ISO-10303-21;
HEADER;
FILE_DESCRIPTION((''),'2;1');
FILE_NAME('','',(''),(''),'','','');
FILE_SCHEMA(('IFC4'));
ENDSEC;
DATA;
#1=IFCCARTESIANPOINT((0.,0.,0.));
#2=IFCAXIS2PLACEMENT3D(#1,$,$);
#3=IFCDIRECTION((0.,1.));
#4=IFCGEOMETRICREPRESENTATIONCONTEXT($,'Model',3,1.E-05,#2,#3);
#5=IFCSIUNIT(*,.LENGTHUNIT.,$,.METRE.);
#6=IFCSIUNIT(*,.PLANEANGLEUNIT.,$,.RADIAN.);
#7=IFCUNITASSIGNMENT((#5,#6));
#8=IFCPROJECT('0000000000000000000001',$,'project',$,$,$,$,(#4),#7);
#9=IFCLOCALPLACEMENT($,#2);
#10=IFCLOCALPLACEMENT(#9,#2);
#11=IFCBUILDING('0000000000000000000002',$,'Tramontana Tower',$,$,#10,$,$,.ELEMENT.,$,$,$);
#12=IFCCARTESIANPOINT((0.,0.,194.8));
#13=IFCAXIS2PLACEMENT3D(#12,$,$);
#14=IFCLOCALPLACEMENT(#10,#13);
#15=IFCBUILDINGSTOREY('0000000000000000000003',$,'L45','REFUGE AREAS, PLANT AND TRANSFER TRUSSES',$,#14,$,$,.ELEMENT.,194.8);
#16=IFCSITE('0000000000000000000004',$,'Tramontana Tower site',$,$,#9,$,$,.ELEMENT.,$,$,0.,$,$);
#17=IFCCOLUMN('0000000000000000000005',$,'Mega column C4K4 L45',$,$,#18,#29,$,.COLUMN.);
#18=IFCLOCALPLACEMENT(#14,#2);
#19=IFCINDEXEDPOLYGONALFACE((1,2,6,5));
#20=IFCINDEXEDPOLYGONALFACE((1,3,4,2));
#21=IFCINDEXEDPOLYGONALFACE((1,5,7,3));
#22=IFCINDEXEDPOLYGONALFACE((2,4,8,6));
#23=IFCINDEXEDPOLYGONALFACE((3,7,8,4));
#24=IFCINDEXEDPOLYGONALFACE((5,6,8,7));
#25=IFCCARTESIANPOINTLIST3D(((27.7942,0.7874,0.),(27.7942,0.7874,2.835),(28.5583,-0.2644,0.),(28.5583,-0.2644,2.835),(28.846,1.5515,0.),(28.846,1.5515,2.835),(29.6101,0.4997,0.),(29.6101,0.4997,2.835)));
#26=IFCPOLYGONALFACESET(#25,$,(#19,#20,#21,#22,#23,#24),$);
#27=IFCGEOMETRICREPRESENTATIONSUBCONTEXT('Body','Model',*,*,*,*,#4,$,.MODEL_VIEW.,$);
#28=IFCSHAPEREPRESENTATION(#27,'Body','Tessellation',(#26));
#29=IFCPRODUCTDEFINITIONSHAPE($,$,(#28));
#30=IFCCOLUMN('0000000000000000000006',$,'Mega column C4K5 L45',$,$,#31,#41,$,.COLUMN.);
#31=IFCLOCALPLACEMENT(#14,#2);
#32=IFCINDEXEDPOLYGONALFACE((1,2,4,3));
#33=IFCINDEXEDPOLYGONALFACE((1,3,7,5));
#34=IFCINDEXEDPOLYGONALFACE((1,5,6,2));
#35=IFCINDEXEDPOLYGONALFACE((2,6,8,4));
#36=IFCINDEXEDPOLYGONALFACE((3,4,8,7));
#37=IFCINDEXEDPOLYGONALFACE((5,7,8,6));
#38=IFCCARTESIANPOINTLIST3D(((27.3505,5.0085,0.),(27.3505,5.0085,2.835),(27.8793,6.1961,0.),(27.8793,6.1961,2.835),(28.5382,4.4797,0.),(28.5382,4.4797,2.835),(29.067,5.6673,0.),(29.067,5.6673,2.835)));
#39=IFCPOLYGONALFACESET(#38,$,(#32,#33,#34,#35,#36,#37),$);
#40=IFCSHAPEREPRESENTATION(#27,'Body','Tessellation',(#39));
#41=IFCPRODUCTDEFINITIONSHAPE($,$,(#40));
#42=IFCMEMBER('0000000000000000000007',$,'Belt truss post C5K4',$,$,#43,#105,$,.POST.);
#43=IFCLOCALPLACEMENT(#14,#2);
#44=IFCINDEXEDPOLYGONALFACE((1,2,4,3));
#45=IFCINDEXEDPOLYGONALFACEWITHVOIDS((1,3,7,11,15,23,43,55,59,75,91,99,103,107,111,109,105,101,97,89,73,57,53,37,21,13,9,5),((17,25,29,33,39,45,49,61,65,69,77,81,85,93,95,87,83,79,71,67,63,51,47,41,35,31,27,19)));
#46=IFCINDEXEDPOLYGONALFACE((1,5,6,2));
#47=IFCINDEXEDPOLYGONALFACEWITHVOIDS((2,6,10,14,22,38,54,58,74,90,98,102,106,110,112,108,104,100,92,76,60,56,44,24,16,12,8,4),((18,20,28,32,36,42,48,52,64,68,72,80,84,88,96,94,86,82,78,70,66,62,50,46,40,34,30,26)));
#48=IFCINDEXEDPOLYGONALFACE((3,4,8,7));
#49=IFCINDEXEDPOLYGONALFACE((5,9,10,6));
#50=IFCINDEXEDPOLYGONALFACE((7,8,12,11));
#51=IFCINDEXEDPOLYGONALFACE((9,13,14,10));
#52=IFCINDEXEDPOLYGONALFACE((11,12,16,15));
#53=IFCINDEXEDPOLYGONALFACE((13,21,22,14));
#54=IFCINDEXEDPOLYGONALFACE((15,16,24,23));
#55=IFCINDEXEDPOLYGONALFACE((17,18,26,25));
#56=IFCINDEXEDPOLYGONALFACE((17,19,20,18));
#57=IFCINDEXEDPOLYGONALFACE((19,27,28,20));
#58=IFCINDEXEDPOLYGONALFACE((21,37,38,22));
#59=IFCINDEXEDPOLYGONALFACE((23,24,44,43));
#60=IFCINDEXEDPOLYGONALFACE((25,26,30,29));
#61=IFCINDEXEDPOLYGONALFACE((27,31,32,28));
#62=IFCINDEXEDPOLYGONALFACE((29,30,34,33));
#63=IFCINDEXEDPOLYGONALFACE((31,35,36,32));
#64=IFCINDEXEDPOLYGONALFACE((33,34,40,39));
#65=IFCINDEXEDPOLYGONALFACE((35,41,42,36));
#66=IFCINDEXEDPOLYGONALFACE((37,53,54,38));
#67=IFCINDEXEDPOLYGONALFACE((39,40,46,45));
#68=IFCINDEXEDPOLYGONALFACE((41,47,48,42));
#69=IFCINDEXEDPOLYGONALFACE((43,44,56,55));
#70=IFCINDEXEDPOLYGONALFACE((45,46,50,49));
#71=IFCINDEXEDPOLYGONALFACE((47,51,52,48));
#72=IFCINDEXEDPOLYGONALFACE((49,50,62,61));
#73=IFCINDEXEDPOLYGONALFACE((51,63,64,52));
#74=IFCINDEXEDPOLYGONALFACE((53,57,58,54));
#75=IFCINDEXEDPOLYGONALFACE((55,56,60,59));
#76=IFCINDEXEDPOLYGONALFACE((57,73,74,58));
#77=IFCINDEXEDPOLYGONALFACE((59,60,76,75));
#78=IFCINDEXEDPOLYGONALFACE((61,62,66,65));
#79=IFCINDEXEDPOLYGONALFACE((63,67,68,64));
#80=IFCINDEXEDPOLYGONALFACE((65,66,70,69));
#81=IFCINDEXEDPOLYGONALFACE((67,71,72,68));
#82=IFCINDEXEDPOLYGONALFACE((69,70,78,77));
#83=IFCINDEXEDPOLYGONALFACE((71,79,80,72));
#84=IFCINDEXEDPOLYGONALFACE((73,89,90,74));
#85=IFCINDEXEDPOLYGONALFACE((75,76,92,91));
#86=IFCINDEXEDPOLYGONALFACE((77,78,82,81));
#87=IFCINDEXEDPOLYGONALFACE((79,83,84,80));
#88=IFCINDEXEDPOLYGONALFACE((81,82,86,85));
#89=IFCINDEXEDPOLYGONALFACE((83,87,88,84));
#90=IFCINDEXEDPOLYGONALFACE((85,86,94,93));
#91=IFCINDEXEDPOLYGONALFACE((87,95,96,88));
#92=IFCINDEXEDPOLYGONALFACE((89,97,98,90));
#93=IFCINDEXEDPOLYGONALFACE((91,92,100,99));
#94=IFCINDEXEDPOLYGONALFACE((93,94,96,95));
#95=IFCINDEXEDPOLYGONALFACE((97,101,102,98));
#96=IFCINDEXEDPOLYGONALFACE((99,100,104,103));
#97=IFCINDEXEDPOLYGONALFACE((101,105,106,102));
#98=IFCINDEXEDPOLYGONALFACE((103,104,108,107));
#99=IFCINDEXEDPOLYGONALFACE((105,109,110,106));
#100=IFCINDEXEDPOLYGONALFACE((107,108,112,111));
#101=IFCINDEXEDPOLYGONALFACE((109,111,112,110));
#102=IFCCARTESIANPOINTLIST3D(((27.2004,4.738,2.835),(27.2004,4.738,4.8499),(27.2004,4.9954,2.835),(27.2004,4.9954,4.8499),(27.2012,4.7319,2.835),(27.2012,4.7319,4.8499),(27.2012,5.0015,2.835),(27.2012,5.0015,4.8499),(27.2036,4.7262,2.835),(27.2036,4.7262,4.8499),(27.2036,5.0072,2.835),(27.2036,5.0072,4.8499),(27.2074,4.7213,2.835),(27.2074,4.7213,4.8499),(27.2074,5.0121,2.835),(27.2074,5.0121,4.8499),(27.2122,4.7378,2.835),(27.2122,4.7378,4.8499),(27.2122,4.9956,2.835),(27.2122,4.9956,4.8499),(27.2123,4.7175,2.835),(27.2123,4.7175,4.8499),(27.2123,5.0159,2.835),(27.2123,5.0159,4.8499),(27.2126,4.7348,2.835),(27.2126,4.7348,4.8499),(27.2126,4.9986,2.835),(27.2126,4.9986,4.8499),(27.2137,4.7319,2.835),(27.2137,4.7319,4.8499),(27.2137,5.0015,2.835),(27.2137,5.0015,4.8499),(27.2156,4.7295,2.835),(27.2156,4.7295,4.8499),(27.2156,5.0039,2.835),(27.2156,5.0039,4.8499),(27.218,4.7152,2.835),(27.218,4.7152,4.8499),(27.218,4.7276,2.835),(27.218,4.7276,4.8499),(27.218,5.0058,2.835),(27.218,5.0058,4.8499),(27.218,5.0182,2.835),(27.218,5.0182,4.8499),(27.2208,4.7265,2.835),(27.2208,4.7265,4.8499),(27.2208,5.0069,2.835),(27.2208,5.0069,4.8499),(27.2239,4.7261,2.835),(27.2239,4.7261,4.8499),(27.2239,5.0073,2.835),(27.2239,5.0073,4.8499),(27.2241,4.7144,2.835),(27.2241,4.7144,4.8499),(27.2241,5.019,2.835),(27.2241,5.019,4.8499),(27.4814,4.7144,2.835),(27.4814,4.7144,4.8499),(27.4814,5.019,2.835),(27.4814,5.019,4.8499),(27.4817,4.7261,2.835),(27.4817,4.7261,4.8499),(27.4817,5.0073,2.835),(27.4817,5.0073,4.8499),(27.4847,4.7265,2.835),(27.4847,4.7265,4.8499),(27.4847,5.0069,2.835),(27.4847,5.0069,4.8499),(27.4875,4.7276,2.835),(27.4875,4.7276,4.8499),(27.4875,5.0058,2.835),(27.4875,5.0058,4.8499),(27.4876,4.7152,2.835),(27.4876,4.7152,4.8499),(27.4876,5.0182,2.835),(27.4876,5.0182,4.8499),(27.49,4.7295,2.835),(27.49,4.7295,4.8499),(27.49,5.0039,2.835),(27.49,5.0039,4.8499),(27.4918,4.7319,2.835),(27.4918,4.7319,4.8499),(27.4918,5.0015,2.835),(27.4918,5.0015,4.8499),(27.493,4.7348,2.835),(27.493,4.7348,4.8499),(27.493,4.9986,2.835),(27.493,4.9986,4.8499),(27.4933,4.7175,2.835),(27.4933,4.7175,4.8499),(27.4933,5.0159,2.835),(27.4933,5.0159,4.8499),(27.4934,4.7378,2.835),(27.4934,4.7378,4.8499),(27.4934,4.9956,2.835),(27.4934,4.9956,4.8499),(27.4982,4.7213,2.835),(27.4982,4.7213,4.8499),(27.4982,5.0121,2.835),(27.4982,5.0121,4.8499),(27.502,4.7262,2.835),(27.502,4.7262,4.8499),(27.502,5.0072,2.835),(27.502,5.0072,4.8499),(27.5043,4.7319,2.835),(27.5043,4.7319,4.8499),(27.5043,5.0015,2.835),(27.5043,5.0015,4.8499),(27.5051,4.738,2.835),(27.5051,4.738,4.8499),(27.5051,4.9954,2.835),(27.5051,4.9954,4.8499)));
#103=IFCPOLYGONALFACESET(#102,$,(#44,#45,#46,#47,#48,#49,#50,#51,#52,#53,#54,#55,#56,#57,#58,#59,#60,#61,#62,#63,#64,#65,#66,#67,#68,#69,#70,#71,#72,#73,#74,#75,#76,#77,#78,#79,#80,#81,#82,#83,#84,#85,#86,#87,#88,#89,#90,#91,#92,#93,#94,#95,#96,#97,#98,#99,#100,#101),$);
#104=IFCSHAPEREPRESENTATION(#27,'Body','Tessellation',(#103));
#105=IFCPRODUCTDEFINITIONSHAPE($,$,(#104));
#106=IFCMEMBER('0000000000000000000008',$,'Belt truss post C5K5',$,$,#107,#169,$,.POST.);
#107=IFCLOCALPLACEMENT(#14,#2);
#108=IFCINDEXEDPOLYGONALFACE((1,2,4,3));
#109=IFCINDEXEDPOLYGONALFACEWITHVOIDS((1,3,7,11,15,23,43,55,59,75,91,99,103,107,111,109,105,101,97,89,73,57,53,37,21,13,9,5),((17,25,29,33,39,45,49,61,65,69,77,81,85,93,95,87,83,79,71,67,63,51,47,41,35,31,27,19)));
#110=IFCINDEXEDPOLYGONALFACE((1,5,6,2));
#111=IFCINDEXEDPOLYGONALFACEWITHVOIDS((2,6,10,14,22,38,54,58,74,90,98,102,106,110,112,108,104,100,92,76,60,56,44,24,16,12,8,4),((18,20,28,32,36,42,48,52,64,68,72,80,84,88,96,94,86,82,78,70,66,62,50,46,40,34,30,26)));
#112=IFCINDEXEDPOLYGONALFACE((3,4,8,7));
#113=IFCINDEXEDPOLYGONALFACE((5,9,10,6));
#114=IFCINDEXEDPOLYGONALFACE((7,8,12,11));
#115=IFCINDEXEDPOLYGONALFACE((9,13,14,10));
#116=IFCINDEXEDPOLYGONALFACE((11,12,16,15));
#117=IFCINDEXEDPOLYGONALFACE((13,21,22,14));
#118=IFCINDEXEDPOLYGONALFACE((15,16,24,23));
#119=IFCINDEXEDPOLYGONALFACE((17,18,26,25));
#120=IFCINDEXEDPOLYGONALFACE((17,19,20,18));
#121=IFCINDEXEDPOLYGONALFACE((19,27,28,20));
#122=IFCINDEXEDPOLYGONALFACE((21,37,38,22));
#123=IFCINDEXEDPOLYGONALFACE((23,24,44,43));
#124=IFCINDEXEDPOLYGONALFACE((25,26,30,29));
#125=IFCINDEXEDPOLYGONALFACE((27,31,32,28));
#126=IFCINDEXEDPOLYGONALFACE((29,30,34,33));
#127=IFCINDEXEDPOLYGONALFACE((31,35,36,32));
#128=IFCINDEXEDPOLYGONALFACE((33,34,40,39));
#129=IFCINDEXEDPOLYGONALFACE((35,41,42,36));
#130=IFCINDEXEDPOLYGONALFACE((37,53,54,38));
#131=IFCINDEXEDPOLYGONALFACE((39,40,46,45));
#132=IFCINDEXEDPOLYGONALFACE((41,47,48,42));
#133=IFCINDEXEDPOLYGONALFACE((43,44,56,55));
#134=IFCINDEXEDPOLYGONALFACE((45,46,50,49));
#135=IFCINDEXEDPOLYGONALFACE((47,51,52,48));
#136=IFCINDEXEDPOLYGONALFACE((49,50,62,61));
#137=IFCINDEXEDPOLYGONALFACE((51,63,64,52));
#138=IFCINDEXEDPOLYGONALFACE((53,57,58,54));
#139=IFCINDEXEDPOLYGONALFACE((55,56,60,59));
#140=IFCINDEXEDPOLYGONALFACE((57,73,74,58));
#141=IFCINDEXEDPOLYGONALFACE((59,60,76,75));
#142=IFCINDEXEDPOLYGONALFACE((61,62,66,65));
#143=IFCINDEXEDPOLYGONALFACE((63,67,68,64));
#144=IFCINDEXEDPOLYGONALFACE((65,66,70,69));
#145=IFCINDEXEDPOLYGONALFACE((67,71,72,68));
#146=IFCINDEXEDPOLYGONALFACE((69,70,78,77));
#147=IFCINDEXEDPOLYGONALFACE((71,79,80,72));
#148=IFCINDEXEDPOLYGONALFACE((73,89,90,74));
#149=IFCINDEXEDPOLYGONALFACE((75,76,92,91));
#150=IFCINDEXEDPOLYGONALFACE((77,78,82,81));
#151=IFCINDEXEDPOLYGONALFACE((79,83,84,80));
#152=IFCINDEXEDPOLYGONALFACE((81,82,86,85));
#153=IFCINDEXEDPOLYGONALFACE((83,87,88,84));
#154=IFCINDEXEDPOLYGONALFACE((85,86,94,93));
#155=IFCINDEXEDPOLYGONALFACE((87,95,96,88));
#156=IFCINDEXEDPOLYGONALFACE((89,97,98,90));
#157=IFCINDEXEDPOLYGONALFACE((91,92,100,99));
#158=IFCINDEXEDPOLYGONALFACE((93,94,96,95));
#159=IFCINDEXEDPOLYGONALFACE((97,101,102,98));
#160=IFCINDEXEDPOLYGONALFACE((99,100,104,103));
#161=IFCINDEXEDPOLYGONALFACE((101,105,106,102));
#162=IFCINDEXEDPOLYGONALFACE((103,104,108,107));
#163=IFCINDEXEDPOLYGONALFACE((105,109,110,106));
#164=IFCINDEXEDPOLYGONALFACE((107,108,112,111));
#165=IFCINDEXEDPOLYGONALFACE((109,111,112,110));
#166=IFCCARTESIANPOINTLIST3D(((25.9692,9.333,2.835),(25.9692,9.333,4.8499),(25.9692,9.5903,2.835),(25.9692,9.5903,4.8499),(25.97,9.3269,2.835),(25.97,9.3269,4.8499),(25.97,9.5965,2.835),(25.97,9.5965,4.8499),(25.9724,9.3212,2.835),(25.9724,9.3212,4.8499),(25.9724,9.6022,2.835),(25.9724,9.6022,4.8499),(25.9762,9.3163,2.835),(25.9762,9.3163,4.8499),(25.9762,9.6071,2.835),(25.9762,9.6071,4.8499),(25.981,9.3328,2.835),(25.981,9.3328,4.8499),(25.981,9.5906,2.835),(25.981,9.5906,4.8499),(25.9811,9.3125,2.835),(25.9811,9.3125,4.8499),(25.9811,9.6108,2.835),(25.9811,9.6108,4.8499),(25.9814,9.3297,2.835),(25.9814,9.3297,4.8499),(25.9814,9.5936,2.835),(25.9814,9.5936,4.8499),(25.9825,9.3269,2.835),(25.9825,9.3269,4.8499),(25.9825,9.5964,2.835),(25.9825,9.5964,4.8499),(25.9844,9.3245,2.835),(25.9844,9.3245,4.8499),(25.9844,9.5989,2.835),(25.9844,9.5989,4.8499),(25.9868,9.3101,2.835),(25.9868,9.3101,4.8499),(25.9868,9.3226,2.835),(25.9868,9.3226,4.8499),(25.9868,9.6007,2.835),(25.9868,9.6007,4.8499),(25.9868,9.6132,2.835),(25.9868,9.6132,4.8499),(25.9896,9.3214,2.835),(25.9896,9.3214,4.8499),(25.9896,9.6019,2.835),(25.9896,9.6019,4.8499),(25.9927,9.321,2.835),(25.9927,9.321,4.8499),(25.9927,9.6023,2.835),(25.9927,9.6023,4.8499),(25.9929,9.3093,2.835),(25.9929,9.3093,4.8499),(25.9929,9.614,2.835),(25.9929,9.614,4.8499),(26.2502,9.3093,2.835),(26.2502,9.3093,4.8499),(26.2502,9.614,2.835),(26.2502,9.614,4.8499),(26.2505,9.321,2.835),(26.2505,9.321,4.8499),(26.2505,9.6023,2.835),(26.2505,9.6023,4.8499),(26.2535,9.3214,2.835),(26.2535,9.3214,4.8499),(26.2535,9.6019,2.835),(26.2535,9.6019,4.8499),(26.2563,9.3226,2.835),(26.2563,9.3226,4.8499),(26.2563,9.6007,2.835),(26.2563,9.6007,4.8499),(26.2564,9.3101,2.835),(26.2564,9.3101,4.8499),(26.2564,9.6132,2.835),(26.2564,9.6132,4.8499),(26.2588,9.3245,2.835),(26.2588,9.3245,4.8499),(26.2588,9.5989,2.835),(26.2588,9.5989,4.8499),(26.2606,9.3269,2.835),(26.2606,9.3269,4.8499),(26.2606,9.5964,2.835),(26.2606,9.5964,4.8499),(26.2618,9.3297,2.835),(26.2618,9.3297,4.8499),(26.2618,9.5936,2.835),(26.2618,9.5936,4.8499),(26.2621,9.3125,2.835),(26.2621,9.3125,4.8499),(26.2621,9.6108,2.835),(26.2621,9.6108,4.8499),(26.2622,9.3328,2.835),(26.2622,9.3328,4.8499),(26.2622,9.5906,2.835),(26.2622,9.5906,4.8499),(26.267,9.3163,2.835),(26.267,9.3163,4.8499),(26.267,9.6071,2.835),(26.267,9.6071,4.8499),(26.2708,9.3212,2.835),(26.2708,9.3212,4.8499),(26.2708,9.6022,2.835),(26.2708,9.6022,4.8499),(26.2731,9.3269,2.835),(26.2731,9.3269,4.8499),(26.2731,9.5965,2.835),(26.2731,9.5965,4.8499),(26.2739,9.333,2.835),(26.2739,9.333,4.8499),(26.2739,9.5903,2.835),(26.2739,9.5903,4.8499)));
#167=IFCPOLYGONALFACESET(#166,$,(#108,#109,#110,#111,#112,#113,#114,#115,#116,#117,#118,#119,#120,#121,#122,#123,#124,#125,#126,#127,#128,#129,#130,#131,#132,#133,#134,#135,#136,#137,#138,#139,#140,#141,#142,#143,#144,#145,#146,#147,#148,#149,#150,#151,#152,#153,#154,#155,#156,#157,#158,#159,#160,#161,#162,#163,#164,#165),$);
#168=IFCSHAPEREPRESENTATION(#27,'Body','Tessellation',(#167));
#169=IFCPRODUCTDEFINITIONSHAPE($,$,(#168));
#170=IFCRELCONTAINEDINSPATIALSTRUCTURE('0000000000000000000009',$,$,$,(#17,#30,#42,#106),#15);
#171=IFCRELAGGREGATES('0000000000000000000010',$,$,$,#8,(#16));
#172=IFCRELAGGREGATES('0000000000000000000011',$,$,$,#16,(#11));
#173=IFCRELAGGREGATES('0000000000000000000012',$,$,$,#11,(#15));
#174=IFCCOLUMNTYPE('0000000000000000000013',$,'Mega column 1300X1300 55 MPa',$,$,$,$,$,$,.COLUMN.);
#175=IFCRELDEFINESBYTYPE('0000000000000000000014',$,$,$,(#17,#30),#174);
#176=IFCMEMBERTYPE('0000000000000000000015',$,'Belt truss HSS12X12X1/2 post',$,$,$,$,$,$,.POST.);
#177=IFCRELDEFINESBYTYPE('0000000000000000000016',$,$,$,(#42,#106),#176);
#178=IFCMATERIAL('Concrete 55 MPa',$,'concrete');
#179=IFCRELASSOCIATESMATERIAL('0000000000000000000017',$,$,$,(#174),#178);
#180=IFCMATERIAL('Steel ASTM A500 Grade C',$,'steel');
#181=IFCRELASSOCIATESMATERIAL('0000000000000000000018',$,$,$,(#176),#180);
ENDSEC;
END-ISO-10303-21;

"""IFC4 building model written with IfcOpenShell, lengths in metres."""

from ifc_helpers import new_model, si_unit, direction, frame, origin, origin_2d, place, context, subcontext, project, spatial, rectangle, hollow_rectangle, extrude, material, material_profile, profile_set, type_object, element, save


model = new_model("IFC4")

# Units and contexts
model_context = context("Model", 3, precision=1e-05, world=origin(), true_north=direction((0.0, 1.0)))
body_context = subcontext(model_context, "Body", "Model", "MODEL_VIEW")
ifc_project = project(units=[si_unit("LENGTHUNIT", "METRE"), si_unit("PLANEANGLEUNIT", "RADIAN")], contexts=[model_context])

# Site, building, storey
site_placement = place(None, origin())
site = spatial("IfcSite", under=ifc_project, at=site_placement, Name="Tramontana Tower site", CompositionType="ELEMENT", RefElevation=0.0)
building_placement = place(site_placement, origin())
building = spatial("IfcBuilding", under=site, at=building_placement, Name="Tramontana Tower", CompositionType="ELEMENT")
storey_placement = place(building_placement, frame((0.0, 0.0, 194.8)))
storey = spatial("IfcBuildingStorey", under=building, at=storey_placement, Name="L45", Description="REFUGE AREAS, PLANT AND TRANSFER TRUSSES", CompositionType="ELEMENT", Elevation=194.8)

# Columns
ifc_material_1 = material(Name="Concrete 55 MPa", Category="concrete")
ifc_material_profile_1 = material_profile(ifc_material_1, rectangle(XDim=1.3, YDim=1.3, at=origin_2d()), Name="Mega column 1300X1300 55 MPa")
ifc_profile_set_1 = profile_set([ifc_material_profile_1], Name="Concrete 55 MPa")
column_type = type_object("IfcColumnType", Name="Mega column 1300X1300 55 MPa", PredefinedType="COLUMN", material=ifc_profile_set_1)
for number, where, z_axis, x_axis, name in (
    (1, (28.7021, 0.6436, 0.0), (0.0, 0.0, 1.0), (0.809017, 0.587785, 0.0), "Mega column C4K4 L45"),
    (2, (28.2087, 5.3379, 0.0), (0.0, 0.0, 1.0), (-0.913545, 0.406737, 0.0), "Mega column C4K5 L45"),
):
    element("IfcColumn", number, at=place(storey_placement, frame(where, z_axis=z_axis, x_axis=x_axis)), inside=storey, type_object=column_type, Name=name, PredefinedType="COLUMN", context=body_context, shape_type="SweptSolid", body=[
        extrude(rectangle(XDim=1.3, YDim=1.3, at=origin_2d()), origin(), (0.0, 0.0, 1.0), 2.835),
    ])

# Members
ifc_material_2 = material(Name="Steel ASTM A500 Grade C", Category="steel")
ifc_material_profile_2 = material_profile(ifc_material_2, hollow_rectangle(XDim=0.3047, YDim=0.3047, WallThickness=0.0117, InnerFilletRadius=0.0117, OuterFilletRadius=0.0237, at=origin_2d()), Name="HSS12X12X1/2")
ifc_profile_set_2 = profile_set([ifc_material_profile_2], Name="Steel ASTM A500 Grade C")
member_type_1 = type_object("IfcMemberType", Name="Belt truss HSS12X12X1/2 post", PredefinedType="POST", material=ifc_profile_set_2)
for number, where, z_axis, x_axis, name in (
    (3, (27.3528, 4.8667, 2.835), (0.0, 0.0, 1.0), (1.0, 0.0, 0.0), "Belt truss post C5K4"),
    (4, (26.1216, 9.4617, 2.835), (0.0, 0.0, 1.0), (1.0, 0.0, 0.0), "Belt truss post C5K5"),
):
    element("IfcMember", number, at=place(storey_placement, frame(where, z_axis=z_axis, x_axis=x_axis)), inside=storey, type_object=member_type_1, Name=name, PredefinedType="POST", context=body_context, shape_type="SweptSolid", body=[
        extrude(hollow_rectangle(XDim=0.3047, YDim=0.3047, WallThickness=0.0117, InnerFilletRadius=0.0117, OuterFilletRadius=0.0237, at=origin_2d()), origin(), (0.0, 0.0, 1.0), 2.0149),
    ])

save(model, "model.ifc")
